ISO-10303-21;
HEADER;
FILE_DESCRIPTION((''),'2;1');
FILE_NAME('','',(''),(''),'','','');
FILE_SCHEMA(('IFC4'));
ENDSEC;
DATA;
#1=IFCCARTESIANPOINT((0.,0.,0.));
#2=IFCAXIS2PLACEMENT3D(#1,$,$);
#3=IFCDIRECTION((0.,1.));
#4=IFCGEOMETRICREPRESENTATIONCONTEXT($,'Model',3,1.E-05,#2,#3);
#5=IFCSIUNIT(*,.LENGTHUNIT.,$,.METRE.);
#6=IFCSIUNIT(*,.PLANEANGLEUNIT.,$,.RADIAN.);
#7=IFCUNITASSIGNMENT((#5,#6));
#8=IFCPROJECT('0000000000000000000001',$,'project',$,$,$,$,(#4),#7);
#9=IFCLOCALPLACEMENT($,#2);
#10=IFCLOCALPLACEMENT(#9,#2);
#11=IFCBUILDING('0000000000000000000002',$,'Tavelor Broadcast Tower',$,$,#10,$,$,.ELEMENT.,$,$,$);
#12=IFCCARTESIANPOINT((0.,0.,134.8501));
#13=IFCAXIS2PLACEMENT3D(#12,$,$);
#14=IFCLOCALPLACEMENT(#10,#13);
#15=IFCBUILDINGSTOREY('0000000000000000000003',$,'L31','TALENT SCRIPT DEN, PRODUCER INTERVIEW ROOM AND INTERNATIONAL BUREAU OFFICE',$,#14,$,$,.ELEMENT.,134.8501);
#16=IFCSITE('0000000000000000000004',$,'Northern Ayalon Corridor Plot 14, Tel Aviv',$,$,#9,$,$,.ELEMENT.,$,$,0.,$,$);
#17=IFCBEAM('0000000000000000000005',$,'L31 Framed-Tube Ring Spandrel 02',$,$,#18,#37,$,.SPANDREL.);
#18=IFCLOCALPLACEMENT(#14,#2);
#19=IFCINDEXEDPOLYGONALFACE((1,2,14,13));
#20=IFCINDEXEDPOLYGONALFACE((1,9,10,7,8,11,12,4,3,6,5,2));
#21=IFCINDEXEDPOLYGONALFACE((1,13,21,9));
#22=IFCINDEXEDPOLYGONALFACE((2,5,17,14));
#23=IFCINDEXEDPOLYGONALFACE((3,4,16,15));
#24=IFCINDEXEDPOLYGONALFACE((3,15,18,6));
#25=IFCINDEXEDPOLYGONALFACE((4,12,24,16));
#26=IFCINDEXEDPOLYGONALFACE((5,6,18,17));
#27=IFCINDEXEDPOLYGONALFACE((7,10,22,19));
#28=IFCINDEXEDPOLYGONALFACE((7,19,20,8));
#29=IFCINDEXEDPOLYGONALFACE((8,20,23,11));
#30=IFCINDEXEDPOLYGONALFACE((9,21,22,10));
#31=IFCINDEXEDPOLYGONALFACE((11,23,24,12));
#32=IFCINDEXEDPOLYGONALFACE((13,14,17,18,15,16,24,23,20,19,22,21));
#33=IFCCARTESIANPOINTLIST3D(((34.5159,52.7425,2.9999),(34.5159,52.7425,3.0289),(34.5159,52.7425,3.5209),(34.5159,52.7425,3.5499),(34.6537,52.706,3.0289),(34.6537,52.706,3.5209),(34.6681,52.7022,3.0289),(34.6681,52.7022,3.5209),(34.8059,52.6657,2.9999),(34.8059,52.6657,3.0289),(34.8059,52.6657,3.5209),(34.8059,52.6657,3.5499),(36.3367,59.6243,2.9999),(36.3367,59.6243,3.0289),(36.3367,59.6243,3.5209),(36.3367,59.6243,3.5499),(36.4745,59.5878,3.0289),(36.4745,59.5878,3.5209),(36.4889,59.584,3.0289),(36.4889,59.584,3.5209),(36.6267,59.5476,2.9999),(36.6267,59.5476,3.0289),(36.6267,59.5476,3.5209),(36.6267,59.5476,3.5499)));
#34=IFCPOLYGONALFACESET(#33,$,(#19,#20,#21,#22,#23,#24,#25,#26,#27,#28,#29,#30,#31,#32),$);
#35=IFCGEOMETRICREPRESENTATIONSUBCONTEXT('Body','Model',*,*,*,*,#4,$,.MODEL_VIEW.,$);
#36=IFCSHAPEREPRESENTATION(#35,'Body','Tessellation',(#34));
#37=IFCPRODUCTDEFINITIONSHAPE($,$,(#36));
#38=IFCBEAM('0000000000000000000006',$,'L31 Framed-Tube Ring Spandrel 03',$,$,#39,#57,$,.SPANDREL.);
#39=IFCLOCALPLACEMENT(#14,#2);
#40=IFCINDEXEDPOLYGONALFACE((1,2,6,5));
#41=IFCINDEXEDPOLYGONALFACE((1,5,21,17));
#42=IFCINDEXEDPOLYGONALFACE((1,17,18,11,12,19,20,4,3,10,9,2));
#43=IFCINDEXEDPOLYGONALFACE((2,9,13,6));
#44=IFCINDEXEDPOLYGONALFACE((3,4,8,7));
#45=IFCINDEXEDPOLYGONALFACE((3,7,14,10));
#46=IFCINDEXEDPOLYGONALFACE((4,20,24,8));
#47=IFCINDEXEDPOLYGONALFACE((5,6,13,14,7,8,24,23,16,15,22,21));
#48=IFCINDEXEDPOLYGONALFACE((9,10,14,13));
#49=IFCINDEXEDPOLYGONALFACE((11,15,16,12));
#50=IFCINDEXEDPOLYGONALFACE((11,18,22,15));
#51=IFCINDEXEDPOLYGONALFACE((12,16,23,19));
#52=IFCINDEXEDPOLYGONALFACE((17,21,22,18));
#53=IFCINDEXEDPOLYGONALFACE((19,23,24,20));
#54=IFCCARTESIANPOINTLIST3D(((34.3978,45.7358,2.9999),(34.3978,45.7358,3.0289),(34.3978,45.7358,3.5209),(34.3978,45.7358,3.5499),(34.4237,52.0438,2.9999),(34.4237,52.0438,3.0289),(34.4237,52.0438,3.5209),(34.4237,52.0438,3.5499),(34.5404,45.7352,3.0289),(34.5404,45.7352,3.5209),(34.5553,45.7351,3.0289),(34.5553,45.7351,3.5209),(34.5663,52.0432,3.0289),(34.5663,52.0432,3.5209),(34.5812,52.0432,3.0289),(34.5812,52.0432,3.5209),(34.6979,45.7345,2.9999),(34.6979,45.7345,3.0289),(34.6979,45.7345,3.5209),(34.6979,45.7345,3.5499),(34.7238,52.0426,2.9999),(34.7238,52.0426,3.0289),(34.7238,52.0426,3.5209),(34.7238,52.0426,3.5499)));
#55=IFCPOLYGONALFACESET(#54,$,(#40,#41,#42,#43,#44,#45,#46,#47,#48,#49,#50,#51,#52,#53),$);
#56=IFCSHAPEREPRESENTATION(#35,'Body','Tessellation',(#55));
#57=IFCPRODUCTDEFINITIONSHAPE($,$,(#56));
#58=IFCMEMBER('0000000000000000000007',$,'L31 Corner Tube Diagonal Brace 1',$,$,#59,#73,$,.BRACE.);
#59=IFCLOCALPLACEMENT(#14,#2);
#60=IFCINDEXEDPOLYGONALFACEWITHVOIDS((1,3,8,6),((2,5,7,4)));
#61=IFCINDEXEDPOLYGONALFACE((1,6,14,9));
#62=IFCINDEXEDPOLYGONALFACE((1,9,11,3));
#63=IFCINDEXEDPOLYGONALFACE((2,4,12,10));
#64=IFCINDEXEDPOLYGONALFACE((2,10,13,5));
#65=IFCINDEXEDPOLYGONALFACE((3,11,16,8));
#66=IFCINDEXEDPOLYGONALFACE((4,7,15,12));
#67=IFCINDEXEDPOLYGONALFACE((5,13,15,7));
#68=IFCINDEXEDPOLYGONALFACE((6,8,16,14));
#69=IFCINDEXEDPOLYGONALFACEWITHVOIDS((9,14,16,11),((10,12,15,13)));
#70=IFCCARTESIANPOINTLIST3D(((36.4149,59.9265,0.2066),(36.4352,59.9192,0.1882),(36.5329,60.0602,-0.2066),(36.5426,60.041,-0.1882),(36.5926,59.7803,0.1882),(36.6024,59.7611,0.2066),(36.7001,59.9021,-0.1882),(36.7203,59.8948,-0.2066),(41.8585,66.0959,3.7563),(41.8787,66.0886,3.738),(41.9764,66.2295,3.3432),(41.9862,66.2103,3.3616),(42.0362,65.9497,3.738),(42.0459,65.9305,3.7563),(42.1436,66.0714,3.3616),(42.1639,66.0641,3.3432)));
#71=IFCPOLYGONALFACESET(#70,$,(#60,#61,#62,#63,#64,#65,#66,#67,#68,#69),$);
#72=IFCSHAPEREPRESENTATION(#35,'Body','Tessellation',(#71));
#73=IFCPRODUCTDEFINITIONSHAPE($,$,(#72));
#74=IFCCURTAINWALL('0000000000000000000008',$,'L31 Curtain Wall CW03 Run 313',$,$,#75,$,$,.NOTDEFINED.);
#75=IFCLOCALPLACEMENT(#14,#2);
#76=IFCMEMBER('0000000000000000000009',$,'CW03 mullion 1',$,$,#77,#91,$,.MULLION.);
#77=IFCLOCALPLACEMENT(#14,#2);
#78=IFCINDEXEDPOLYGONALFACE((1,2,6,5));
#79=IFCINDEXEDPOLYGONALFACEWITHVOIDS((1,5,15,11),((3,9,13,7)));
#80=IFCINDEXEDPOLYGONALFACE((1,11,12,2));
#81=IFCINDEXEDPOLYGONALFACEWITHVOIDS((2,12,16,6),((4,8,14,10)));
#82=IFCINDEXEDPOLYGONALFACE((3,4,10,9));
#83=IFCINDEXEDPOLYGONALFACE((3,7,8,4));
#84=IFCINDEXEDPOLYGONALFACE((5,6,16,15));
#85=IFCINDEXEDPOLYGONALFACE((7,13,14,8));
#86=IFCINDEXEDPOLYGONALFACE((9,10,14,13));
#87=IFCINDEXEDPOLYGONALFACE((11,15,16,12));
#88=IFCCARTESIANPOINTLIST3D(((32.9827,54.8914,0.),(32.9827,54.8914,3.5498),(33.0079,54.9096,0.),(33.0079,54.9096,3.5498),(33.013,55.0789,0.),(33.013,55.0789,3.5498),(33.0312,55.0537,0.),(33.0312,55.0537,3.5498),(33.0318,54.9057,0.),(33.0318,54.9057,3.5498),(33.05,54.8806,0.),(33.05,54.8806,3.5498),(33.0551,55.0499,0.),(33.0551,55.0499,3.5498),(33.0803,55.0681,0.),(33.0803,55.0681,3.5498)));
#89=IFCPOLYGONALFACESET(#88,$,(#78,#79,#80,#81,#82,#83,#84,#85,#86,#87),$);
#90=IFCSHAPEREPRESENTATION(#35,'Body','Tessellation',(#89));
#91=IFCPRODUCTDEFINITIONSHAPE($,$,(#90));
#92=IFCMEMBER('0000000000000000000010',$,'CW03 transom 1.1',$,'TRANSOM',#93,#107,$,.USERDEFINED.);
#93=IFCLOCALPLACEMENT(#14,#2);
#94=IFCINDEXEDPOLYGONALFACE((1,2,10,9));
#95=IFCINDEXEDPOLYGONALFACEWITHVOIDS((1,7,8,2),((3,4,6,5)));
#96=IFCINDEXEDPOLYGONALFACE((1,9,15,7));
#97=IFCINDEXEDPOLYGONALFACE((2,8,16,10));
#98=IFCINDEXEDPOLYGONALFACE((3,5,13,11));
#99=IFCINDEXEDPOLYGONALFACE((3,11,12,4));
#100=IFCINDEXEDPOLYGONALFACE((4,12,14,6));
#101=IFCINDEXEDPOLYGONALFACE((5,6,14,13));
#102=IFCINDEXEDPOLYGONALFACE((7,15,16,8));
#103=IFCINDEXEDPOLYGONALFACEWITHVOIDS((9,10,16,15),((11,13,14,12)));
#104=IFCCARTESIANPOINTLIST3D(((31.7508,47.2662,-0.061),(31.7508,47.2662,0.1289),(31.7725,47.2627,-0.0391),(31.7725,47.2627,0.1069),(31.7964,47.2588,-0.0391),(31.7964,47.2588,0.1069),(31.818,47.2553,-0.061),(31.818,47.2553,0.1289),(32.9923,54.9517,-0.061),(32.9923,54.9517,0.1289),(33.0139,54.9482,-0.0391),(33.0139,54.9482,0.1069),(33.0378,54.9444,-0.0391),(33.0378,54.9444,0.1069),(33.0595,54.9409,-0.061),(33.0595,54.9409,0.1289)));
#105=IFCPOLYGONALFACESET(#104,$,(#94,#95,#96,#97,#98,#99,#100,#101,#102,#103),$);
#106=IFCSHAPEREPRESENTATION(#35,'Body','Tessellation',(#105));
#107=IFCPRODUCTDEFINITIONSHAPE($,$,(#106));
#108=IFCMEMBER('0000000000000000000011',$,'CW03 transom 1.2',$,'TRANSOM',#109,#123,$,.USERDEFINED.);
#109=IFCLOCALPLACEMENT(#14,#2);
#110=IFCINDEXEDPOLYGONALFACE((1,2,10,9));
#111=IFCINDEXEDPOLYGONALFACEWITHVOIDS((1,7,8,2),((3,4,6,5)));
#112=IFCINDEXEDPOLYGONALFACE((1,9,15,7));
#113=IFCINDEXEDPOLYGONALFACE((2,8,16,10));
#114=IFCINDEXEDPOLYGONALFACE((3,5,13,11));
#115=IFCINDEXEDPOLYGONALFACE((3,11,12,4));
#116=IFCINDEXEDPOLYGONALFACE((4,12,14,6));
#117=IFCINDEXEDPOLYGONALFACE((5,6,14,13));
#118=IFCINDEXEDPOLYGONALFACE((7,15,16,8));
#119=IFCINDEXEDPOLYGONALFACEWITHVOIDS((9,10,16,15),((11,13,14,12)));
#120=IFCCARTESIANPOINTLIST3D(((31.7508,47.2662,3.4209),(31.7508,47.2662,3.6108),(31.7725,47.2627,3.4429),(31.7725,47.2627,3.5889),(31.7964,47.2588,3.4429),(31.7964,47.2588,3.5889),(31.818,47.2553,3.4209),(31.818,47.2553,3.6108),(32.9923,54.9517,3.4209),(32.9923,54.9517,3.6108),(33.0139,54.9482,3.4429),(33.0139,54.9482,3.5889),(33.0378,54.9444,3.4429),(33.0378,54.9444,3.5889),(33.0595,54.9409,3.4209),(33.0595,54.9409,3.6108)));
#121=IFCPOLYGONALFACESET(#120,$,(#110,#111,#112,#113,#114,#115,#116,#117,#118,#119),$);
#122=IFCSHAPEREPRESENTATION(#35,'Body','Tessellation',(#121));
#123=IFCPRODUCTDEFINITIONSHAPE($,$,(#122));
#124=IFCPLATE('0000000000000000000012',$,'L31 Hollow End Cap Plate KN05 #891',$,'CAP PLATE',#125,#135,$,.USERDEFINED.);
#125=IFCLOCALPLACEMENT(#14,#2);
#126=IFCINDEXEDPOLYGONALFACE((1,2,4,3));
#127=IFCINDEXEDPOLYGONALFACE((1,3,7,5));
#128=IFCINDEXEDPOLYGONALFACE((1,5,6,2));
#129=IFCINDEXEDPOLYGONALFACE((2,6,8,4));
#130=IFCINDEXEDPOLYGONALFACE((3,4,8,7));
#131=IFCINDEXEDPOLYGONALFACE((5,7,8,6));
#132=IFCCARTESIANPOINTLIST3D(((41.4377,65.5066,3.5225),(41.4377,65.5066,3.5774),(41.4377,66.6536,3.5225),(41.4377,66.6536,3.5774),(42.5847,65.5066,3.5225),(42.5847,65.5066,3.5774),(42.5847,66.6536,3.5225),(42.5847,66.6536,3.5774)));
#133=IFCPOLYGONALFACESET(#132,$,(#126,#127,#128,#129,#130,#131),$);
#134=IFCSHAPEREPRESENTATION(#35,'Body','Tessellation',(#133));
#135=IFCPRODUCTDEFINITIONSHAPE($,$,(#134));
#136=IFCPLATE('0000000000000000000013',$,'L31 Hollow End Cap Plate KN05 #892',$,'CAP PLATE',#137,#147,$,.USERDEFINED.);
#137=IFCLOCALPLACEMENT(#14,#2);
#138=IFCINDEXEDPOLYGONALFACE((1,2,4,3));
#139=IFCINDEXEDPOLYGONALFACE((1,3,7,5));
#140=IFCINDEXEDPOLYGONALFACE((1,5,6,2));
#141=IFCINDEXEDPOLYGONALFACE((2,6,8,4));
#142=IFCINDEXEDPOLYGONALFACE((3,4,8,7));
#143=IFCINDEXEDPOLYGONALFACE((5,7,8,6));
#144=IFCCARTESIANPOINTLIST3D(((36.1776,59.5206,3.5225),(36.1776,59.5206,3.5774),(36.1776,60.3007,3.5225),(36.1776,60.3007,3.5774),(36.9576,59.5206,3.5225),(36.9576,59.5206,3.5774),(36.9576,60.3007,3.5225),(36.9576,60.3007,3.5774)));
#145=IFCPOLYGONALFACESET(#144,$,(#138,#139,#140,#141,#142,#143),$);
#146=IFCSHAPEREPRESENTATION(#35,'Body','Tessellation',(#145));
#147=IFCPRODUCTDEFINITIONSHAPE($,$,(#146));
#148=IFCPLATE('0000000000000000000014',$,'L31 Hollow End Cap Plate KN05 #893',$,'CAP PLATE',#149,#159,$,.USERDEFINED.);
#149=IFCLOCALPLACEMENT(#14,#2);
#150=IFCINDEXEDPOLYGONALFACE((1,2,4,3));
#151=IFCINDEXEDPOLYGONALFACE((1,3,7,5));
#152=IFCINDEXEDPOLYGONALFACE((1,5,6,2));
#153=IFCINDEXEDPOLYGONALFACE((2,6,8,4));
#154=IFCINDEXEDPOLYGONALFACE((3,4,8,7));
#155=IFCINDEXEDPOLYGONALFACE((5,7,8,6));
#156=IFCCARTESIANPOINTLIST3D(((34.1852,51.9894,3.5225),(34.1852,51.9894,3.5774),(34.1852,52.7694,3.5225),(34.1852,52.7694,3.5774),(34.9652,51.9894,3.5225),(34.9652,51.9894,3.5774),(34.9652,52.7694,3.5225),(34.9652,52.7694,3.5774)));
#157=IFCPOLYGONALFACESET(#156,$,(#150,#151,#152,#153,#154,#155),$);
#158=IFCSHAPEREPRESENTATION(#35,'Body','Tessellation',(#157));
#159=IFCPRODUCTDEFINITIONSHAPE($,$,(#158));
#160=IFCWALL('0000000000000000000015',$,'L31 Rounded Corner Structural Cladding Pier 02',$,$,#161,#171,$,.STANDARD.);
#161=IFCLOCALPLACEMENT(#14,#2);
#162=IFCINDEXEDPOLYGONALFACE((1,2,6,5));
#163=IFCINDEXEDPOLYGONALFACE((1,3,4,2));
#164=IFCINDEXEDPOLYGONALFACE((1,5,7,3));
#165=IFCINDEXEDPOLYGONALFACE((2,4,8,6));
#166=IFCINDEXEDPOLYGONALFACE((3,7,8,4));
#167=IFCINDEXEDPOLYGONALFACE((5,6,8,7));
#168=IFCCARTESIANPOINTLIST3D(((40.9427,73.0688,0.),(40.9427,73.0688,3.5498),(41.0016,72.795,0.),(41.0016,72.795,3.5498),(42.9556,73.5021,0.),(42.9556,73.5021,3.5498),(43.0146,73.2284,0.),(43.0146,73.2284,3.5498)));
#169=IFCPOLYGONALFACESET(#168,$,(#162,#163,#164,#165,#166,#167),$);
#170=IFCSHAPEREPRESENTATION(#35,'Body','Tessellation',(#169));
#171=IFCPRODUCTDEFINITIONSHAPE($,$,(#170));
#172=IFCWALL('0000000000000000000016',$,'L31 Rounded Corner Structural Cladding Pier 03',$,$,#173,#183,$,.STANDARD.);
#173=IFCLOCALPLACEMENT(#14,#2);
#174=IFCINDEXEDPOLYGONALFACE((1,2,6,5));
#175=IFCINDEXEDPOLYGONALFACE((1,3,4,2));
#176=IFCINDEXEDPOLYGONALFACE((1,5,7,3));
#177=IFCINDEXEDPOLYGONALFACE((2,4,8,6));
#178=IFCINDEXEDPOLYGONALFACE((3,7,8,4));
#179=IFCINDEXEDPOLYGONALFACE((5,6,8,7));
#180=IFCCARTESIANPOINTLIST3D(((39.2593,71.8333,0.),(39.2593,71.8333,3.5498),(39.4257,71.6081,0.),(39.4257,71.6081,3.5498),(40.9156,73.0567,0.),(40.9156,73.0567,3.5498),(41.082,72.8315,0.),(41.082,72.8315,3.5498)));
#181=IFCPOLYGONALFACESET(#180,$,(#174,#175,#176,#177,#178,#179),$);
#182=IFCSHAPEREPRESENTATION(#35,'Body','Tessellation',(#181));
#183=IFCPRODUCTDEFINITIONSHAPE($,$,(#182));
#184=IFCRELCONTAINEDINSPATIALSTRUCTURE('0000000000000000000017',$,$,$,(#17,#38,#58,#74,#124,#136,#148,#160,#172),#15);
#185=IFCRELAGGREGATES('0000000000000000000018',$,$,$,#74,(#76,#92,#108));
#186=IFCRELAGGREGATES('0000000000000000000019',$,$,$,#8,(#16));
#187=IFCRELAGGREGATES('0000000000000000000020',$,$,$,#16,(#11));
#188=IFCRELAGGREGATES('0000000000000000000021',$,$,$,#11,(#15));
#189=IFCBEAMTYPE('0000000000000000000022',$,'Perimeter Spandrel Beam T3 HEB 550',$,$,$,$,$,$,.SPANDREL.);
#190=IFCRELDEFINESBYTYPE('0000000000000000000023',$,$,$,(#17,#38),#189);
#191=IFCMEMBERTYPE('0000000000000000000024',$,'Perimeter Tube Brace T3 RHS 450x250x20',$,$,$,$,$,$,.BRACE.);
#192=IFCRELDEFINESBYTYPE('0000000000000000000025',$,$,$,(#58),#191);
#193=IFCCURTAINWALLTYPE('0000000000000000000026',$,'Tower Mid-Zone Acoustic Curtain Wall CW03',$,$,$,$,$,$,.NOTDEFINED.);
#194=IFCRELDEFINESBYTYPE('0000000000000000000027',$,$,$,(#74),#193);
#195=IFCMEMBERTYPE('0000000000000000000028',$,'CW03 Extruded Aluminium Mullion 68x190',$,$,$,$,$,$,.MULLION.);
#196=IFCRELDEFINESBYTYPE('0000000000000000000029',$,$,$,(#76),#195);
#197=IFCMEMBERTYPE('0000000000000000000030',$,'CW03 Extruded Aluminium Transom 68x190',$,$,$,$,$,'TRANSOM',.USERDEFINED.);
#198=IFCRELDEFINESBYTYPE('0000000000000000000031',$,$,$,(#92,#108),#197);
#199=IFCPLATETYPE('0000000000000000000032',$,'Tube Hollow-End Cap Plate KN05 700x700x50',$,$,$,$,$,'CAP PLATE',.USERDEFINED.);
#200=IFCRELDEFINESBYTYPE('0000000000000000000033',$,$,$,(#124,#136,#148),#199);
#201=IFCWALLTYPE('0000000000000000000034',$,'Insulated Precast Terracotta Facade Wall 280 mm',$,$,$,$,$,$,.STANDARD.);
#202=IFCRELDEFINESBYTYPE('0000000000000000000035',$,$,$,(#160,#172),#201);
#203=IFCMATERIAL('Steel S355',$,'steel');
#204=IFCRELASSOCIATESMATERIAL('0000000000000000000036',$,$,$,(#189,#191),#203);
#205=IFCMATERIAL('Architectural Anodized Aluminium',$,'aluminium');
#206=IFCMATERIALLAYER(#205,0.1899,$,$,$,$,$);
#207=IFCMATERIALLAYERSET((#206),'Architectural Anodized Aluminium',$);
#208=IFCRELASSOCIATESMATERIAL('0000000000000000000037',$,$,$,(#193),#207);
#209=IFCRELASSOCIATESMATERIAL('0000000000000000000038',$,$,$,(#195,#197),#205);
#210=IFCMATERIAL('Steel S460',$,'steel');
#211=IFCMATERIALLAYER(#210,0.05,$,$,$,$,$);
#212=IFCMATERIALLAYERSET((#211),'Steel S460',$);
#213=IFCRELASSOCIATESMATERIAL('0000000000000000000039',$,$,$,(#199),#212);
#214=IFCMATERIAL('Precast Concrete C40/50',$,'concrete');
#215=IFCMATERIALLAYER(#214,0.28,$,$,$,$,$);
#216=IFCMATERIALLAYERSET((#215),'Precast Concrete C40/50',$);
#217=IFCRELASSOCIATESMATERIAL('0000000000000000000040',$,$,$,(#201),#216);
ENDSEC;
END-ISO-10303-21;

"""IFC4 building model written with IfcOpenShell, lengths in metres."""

from ifc_helpers import new_model, si_unit, direction, frame, frame_2d, origin, origin_2d, place, context, subcontext, project, spatial, rectangle, hollow_rectangle, i_section, extrude, source, transform, mapped, material, layer, layer_set, material_profile, profile_set, type_object, type_shapes, element, aggregate, save


model = new_model("IFC4")

# Units and contexts
model_context = context("Model", 3, precision=1e-05, world=origin(), true_north=direction((0.0, 1.0)))
body_context = subcontext(model_context, "Body", "Model", "MODEL_VIEW")
ifc_project = project(units=[si_unit("LENGTHUNIT", "METRE"), si_unit("PLANEANGLEUNIT", "RADIAN")], contexts=[model_context])

# Site, building, storey
site_placement = place(None, origin())
site = spatial("IfcSite", under=ifc_project, at=site_placement, Name="Northern Ayalon Corridor Plot 14, Tel Aviv", CompositionType="ELEMENT", RefElevation=0.0)
building_placement = place(site_placement, origin())
building = spatial("IfcBuilding", under=site, at=building_placement, Name="Tavelor Broadcast Tower", CompositionType="ELEMENT")
storey_placement = place(building_placement, frame((0.0, 0.0, 134.8501)))
storey = spatial("IfcBuildingStorey", under=building, at=storey_placement, Name="L31", Description="TALENT SCRIPT DEN, PRODUCER INTERVIEW ROOM AND INTERNATIONAL BUREAU OFFICE", CompositionType="ELEMENT", Elevation=134.8501)

# Shared definitions
ifc_material_1 = material(Name="Steel S460", Category="steel")

# Beams
ifc_material_2 = material(Name="Steel S355", Category="steel")
ifc_material_profile_1 = material_profile(ifc_material_2, i_section(OverallWidth=0.3, OverallDepth=0.55, WebThickness=0.0149, FlangeThickness=0.0291, at=origin_2d()), Name="HEB 550")
ifc_profile_set_1 = profile_set([ifc_material_profile_1], Name="Steel S355")
beam_type_1 = type_object("IfcBeamType", Name="Perimeter Spandrel Beam T3 HEB 550", PredefinedType="SPANDREL", material=ifc_profile_set_1)
beam_1_placement = place(storey_placement, frame((36.4817, 59.5859, 3.2749), z_axis=(-0.255779, -0.966735, 0.0), x_axis=(0.966735, -0.255779, 0.0)))
element("IfcBeam", 1, at=beam_1_placement, inside=storey, type_object=beam_type_1, Name="L31 Framed-Tube Ring Spandrel 02", PredefinedType="SPANDREL", context=body_context, shape_type="SweptSolid", body=[
    extrude(i_section(OverallWidth=0.3, OverallDepth=0.55, WebThickness=0.0149, FlangeThickness=0.0291, at=origin_2d()), origin(), (0.0, 0.0, 1.0), 7.1187),
])
beam_2_placement = place(storey_placement, frame((34.5737, 52.0432, 3.2749), z_axis=(-0.004102, -0.999992, 0.0), x_axis=(0.999992, -0.004102, 0.0)))
element("IfcBeam", 2, at=beam_2_placement, inside=storey, type_object=beam_type_1, Name="L31 Framed-Tube Ring Spandrel 03", PredefinedType="SPANDREL", context=body_context, shape_type="SweptSolid", body=[
    extrude(i_section(OverallWidth=0.3, OverallDepth=0.55, WebThickness=0.0149, FlangeThickness=0.0291, at=origin_2d()), origin(), (0.0, 0.0, 1.0), 6.3081),
])

# Member
ifc_material_profile_2 = material_profile(ifc_material_2, hollow_rectangle(XDim=0.25, YDim=0.45, WallThickness=0.02, at=origin_2d()), Name="RHS 450x250x20")
ifc_profile_set_2 = profile_set([ifc_material_profile_2], Name="Steel S355")
member_type_1 = type_object("IfcMemberType", Name="Perimeter Tube Brace T3 RHS 450x250x20", PredefinedType="BRACE", material=ifc_profile_set_2)
member_1_placement = place(storey_placement, frame((36.5676, 59.9106, 0.0), z_axis=(0.607491, 0.688492, 0.396148), x_axis=(-0.749839, 0.661621, 0.0)))
element("IfcMember", 3, at=member_1_placement, inside=storey, type_object=member_type_1, Name="L31 Corner Tube Diagonal Brace 1", PredefinedType="BRACE", context=body_context, shape_type="SweptSolid", body=[
    extrude(hollow_rectangle(XDim=0.25, YDim=0.45, WallThickness=0.02, at=origin_2d()), origin(), (0.0, 0.0, 1.0), 8.9607),
])

# Curtain wall, members
ifc_material_3 = material(Name="Architectural Anodized Aluminium", Category="aluminium")
ifc_layer_1 = layer(ifc_material_3, 0.1899)
ifc_layer_set_1 = layer_set([ifc_layer_1], Name="Architectural Anodized Aluminium")
curtain_wall_type = type_object("IfcCurtainWallType", Name="Tower Mid-Zone Acoustic Curtain Wall CW03", PredefinedType="NOTDEFINED", material=ifc_layer_set_1)
curtain_wall_placement = place(storey_placement, origin())
curtain_wall = element("IfcCurtainWall", 4, at=curtain_wall_placement, inside=storey, type_object=curtain_wall_type, Name="L31 Curtain Wall CW03 Run 313", PredefinedType="NOTDEFINED")
ifc_material_profile_3 = material_profile(ifc_material_3, hollow_rectangle(XDim=0.0681, YDim=0.1899, WallThickness=0.022, at=origin_2d()), Name="RHS 68x190x22")
ifc_profile_set_3 = profile_set([ifc_material_profile_3], Name="Architectural Anodized Aluminium")
member_type_2 = type_object("IfcMemberType", Name="CW03 Extruded Aluminium Mullion 68x190", PredefinedType="MULLION", material=ifc_profile_set_3)
shared_shape_1 = source(origin(), body_context, "Body", "SweptSolid", [
    extrude(hollow_rectangle(XDim=0.0681, YDim=0.1899, WallThickness=0.022, at=origin_2d()), origin(), (0.0, 0.0, 1.0), 3.5498),
])
type_shapes(member_type_2, [shared_shape_1])
member_2_placement = place(storey_placement, frame((33.0315, 54.9797, 0.0), z_axis=(0.0, 0.0, 1.0), x_axis=(0.987205, -0.159459, 0.0)))
member_2 = element("IfcMember", 5, at=member_2_placement, type_object=member_type_2, Name="CW03 mullion 1", PredefinedType="MULLION", context=body_context, shape_type="MappedRepresentation", body=[
    mapped(shared_shape_1, transform((0.0, 0.0, 0.0), scale=1.0)),
])
ifc_material_profile_4 = material_profile(ifc_material_3, hollow_rectangle(XDim=0.0681, YDim=0.1899, WallThickness=0.022, at=origin_2d()), Name="RHS 68x190x22")
ifc_profile_set_4 = profile_set([ifc_material_profile_4], Name="Architectural Anodized Aluminium")
member_type_3 = type_object("IfcMemberType", Name="CW03 Extruded Aluminium Transom 68x190", ElementType="TRANSOM", PredefinedType="USERDEFINED", material=ifc_profile_set_4)
shared_shape_2 = source(origin(), body_context, "Body", "SweptSolid", [
    extrude(hollow_rectangle(XDim=0.0681, YDim=0.1899, WallThickness=0.022, at=origin_2d()), origin(), (0.0, 0.0, 1.0), 7.7852),
])
type_shapes(member_type_3, [shared_shape_2])
member_3_placement = place(storey_placement, frame((33.0259, 54.9463, 0.0339), z_axis=(-0.159464, -0.987204, 0.0), x_axis=(0.987204, -0.159464, 0.0)))
member_3 = element("IfcMember", 6, at=member_3_placement, type_object=member_type_3, Name="CW03 transom 1.1", ObjectType="TRANSOM", PredefinedType="USERDEFINED", context=body_context, shape_type="MappedRepresentation", body=[
    mapped(shared_shape_2, transform((0.0, 0.0, 0.0), scale=1.0)),
])
member_4_placement = place(storey_placement, frame((33.0259, 54.9463, 3.5159), z_axis=(-0.159464, -0.987204, 0.0), x_axis=(0.987204, -0.159464, 0.0)))
member_4 = element("IfcMember", 7, at=member_4_placement, type_object=member_type_3, Name="CW03 transom 1.2", ObjectType="TRANSOM", PredefinedType="USERDEFINED", context=body_context, shape_type="MappedRepresentation", body=[
    mapped(shared_shape_2, transform((0.0, 0.0, 0.0), scale=1.0)),
])
aggregate(curtain_wall, [member_2, member_3, member_4])

# Plates
ifc_layer_2 = layer(ifc_material_1, 0.05)
ifc_layer_set_2 = layer_set([ifc_layer_2], Name="Steel S460")
plate_type = type_object("IfcPlateType", Name="Tube Hollow-End Cap Plate KN05 700x700x50", ElementType="CAP PLATE", PredefinedType="USERDEFINED", material=ifc_layer_set_2)
shared_shape_3 = source(origin(), body_context, "Body", "SweptSolid", [
    extrude(rectangle(XDim=1.147, YDim=1.147, at=origin_2d()), origin(), (0.0, 0.0, 1.0), 0.0549),
])
plate_placement = place(storey_placement, frame((42.0112, 66.0801, 3.5225), z_axis=(0.0, 0.0, 1.0), x_axis=(1.0, 0.0, 0.0)))
element("IfcPlate", 8, at=plate_placement, inside=storey, type_object=plate_type, Name="L31 Hollow End Cap Plate KN05 #891", ObjectType="CAP PLATE", PredefinedType="USERDEFINED", context=body_context, shape_type="MappedRepresentation", body=[
    mapped(shared_shape_3, transform((0.0, 0.0, 0.0), scale=1.0)),
])
shared_shape_4 = source(origin(), body_context, "Body", "SweptSolid", [
    extrude(rectangle(XDim=0.78, YDim=0.78, at=origin_2d()), origin(), (0.0, 0.0, 1.0), 0.0549),
])
type_shapes(plate_type, [shared_shape_3, shared_shape_4])
for number, where, z_axis, x_axis, name in (
    (9, (36.5676, 59.9106, 3.5225), (0.0, 0.0, 1.0), (1.0, 0.0, 0.0), "L31 Hollow End Cap Plate KN05 #892"),
    (10, (34.5752, 52.3794, 3.5225), (0.0, 0.0, 1.0), (1.0, 0.0, 0.0), "L31 Hollow End Cap Plate KN05 #893"),
):
    element("IfcPlate", number, at=place(storey_placement, frame(where, z_axis=z_axis, x_axis=x_axis)), inside=storey, type_object=plate_type, Name=name, ObjectType="CAP PLATE", PredefinedType="USERDEFINED", context=body_context, shape_type="MappedRepresentation", body=[
        mapped(shared_shape_4, transform((0.0, 0.0, 0.0), scale=1.0)),
    ])

# Walls
ifc_material_4 = material(Name="Precast Concrete C40/50", Category="concrete")
ifc_layer_3 = layer(ifc_material_4, 0.28)
ifc_layer_set_3 = layer_set([ifc_layer_3], Name="Precast Concrete C40/50")
wall_type_1 = type_object("IfcWallType", Name="Insulated Precast Terracotta Facade Wall 280 mm", PredefinedType="STANDARD", material=ifc_layer_set_3)
for number, where, z_axis, x_axis, name in (
    (11, (42.9851, 73.3652, 0.0), (0.0, 0.0, 1.0), (-0.977602, -0.21046, 0.0), "L31 Rounded Corner Structural Cladding Pier 02"),
    (12, (40.9988, 72.9441, 0.0), (0.0, 0.0, 1.0), (-0.804361, -0.594141, 0.0), "L31 Rounded Corner Structural Cladding Pier 03"),
):
    element("IfcWall", number, at=place(storey_placement, frame(where, z_axis=z_axis, x_axis=x_axis)), inside=storey, type_object=wall_type_1, Name=name, PredefinedType="STANDARD", context=body_context, shape_type="SweptSolid", body=[
        extrude(rectangle(XDim=2.0591, YDim=0.28, at=frame_2d((1.0295, 0.0))), origin(), (0.0, 0.0, 1.0), 3.5498),
    ])

save(model, "model.ifc")
